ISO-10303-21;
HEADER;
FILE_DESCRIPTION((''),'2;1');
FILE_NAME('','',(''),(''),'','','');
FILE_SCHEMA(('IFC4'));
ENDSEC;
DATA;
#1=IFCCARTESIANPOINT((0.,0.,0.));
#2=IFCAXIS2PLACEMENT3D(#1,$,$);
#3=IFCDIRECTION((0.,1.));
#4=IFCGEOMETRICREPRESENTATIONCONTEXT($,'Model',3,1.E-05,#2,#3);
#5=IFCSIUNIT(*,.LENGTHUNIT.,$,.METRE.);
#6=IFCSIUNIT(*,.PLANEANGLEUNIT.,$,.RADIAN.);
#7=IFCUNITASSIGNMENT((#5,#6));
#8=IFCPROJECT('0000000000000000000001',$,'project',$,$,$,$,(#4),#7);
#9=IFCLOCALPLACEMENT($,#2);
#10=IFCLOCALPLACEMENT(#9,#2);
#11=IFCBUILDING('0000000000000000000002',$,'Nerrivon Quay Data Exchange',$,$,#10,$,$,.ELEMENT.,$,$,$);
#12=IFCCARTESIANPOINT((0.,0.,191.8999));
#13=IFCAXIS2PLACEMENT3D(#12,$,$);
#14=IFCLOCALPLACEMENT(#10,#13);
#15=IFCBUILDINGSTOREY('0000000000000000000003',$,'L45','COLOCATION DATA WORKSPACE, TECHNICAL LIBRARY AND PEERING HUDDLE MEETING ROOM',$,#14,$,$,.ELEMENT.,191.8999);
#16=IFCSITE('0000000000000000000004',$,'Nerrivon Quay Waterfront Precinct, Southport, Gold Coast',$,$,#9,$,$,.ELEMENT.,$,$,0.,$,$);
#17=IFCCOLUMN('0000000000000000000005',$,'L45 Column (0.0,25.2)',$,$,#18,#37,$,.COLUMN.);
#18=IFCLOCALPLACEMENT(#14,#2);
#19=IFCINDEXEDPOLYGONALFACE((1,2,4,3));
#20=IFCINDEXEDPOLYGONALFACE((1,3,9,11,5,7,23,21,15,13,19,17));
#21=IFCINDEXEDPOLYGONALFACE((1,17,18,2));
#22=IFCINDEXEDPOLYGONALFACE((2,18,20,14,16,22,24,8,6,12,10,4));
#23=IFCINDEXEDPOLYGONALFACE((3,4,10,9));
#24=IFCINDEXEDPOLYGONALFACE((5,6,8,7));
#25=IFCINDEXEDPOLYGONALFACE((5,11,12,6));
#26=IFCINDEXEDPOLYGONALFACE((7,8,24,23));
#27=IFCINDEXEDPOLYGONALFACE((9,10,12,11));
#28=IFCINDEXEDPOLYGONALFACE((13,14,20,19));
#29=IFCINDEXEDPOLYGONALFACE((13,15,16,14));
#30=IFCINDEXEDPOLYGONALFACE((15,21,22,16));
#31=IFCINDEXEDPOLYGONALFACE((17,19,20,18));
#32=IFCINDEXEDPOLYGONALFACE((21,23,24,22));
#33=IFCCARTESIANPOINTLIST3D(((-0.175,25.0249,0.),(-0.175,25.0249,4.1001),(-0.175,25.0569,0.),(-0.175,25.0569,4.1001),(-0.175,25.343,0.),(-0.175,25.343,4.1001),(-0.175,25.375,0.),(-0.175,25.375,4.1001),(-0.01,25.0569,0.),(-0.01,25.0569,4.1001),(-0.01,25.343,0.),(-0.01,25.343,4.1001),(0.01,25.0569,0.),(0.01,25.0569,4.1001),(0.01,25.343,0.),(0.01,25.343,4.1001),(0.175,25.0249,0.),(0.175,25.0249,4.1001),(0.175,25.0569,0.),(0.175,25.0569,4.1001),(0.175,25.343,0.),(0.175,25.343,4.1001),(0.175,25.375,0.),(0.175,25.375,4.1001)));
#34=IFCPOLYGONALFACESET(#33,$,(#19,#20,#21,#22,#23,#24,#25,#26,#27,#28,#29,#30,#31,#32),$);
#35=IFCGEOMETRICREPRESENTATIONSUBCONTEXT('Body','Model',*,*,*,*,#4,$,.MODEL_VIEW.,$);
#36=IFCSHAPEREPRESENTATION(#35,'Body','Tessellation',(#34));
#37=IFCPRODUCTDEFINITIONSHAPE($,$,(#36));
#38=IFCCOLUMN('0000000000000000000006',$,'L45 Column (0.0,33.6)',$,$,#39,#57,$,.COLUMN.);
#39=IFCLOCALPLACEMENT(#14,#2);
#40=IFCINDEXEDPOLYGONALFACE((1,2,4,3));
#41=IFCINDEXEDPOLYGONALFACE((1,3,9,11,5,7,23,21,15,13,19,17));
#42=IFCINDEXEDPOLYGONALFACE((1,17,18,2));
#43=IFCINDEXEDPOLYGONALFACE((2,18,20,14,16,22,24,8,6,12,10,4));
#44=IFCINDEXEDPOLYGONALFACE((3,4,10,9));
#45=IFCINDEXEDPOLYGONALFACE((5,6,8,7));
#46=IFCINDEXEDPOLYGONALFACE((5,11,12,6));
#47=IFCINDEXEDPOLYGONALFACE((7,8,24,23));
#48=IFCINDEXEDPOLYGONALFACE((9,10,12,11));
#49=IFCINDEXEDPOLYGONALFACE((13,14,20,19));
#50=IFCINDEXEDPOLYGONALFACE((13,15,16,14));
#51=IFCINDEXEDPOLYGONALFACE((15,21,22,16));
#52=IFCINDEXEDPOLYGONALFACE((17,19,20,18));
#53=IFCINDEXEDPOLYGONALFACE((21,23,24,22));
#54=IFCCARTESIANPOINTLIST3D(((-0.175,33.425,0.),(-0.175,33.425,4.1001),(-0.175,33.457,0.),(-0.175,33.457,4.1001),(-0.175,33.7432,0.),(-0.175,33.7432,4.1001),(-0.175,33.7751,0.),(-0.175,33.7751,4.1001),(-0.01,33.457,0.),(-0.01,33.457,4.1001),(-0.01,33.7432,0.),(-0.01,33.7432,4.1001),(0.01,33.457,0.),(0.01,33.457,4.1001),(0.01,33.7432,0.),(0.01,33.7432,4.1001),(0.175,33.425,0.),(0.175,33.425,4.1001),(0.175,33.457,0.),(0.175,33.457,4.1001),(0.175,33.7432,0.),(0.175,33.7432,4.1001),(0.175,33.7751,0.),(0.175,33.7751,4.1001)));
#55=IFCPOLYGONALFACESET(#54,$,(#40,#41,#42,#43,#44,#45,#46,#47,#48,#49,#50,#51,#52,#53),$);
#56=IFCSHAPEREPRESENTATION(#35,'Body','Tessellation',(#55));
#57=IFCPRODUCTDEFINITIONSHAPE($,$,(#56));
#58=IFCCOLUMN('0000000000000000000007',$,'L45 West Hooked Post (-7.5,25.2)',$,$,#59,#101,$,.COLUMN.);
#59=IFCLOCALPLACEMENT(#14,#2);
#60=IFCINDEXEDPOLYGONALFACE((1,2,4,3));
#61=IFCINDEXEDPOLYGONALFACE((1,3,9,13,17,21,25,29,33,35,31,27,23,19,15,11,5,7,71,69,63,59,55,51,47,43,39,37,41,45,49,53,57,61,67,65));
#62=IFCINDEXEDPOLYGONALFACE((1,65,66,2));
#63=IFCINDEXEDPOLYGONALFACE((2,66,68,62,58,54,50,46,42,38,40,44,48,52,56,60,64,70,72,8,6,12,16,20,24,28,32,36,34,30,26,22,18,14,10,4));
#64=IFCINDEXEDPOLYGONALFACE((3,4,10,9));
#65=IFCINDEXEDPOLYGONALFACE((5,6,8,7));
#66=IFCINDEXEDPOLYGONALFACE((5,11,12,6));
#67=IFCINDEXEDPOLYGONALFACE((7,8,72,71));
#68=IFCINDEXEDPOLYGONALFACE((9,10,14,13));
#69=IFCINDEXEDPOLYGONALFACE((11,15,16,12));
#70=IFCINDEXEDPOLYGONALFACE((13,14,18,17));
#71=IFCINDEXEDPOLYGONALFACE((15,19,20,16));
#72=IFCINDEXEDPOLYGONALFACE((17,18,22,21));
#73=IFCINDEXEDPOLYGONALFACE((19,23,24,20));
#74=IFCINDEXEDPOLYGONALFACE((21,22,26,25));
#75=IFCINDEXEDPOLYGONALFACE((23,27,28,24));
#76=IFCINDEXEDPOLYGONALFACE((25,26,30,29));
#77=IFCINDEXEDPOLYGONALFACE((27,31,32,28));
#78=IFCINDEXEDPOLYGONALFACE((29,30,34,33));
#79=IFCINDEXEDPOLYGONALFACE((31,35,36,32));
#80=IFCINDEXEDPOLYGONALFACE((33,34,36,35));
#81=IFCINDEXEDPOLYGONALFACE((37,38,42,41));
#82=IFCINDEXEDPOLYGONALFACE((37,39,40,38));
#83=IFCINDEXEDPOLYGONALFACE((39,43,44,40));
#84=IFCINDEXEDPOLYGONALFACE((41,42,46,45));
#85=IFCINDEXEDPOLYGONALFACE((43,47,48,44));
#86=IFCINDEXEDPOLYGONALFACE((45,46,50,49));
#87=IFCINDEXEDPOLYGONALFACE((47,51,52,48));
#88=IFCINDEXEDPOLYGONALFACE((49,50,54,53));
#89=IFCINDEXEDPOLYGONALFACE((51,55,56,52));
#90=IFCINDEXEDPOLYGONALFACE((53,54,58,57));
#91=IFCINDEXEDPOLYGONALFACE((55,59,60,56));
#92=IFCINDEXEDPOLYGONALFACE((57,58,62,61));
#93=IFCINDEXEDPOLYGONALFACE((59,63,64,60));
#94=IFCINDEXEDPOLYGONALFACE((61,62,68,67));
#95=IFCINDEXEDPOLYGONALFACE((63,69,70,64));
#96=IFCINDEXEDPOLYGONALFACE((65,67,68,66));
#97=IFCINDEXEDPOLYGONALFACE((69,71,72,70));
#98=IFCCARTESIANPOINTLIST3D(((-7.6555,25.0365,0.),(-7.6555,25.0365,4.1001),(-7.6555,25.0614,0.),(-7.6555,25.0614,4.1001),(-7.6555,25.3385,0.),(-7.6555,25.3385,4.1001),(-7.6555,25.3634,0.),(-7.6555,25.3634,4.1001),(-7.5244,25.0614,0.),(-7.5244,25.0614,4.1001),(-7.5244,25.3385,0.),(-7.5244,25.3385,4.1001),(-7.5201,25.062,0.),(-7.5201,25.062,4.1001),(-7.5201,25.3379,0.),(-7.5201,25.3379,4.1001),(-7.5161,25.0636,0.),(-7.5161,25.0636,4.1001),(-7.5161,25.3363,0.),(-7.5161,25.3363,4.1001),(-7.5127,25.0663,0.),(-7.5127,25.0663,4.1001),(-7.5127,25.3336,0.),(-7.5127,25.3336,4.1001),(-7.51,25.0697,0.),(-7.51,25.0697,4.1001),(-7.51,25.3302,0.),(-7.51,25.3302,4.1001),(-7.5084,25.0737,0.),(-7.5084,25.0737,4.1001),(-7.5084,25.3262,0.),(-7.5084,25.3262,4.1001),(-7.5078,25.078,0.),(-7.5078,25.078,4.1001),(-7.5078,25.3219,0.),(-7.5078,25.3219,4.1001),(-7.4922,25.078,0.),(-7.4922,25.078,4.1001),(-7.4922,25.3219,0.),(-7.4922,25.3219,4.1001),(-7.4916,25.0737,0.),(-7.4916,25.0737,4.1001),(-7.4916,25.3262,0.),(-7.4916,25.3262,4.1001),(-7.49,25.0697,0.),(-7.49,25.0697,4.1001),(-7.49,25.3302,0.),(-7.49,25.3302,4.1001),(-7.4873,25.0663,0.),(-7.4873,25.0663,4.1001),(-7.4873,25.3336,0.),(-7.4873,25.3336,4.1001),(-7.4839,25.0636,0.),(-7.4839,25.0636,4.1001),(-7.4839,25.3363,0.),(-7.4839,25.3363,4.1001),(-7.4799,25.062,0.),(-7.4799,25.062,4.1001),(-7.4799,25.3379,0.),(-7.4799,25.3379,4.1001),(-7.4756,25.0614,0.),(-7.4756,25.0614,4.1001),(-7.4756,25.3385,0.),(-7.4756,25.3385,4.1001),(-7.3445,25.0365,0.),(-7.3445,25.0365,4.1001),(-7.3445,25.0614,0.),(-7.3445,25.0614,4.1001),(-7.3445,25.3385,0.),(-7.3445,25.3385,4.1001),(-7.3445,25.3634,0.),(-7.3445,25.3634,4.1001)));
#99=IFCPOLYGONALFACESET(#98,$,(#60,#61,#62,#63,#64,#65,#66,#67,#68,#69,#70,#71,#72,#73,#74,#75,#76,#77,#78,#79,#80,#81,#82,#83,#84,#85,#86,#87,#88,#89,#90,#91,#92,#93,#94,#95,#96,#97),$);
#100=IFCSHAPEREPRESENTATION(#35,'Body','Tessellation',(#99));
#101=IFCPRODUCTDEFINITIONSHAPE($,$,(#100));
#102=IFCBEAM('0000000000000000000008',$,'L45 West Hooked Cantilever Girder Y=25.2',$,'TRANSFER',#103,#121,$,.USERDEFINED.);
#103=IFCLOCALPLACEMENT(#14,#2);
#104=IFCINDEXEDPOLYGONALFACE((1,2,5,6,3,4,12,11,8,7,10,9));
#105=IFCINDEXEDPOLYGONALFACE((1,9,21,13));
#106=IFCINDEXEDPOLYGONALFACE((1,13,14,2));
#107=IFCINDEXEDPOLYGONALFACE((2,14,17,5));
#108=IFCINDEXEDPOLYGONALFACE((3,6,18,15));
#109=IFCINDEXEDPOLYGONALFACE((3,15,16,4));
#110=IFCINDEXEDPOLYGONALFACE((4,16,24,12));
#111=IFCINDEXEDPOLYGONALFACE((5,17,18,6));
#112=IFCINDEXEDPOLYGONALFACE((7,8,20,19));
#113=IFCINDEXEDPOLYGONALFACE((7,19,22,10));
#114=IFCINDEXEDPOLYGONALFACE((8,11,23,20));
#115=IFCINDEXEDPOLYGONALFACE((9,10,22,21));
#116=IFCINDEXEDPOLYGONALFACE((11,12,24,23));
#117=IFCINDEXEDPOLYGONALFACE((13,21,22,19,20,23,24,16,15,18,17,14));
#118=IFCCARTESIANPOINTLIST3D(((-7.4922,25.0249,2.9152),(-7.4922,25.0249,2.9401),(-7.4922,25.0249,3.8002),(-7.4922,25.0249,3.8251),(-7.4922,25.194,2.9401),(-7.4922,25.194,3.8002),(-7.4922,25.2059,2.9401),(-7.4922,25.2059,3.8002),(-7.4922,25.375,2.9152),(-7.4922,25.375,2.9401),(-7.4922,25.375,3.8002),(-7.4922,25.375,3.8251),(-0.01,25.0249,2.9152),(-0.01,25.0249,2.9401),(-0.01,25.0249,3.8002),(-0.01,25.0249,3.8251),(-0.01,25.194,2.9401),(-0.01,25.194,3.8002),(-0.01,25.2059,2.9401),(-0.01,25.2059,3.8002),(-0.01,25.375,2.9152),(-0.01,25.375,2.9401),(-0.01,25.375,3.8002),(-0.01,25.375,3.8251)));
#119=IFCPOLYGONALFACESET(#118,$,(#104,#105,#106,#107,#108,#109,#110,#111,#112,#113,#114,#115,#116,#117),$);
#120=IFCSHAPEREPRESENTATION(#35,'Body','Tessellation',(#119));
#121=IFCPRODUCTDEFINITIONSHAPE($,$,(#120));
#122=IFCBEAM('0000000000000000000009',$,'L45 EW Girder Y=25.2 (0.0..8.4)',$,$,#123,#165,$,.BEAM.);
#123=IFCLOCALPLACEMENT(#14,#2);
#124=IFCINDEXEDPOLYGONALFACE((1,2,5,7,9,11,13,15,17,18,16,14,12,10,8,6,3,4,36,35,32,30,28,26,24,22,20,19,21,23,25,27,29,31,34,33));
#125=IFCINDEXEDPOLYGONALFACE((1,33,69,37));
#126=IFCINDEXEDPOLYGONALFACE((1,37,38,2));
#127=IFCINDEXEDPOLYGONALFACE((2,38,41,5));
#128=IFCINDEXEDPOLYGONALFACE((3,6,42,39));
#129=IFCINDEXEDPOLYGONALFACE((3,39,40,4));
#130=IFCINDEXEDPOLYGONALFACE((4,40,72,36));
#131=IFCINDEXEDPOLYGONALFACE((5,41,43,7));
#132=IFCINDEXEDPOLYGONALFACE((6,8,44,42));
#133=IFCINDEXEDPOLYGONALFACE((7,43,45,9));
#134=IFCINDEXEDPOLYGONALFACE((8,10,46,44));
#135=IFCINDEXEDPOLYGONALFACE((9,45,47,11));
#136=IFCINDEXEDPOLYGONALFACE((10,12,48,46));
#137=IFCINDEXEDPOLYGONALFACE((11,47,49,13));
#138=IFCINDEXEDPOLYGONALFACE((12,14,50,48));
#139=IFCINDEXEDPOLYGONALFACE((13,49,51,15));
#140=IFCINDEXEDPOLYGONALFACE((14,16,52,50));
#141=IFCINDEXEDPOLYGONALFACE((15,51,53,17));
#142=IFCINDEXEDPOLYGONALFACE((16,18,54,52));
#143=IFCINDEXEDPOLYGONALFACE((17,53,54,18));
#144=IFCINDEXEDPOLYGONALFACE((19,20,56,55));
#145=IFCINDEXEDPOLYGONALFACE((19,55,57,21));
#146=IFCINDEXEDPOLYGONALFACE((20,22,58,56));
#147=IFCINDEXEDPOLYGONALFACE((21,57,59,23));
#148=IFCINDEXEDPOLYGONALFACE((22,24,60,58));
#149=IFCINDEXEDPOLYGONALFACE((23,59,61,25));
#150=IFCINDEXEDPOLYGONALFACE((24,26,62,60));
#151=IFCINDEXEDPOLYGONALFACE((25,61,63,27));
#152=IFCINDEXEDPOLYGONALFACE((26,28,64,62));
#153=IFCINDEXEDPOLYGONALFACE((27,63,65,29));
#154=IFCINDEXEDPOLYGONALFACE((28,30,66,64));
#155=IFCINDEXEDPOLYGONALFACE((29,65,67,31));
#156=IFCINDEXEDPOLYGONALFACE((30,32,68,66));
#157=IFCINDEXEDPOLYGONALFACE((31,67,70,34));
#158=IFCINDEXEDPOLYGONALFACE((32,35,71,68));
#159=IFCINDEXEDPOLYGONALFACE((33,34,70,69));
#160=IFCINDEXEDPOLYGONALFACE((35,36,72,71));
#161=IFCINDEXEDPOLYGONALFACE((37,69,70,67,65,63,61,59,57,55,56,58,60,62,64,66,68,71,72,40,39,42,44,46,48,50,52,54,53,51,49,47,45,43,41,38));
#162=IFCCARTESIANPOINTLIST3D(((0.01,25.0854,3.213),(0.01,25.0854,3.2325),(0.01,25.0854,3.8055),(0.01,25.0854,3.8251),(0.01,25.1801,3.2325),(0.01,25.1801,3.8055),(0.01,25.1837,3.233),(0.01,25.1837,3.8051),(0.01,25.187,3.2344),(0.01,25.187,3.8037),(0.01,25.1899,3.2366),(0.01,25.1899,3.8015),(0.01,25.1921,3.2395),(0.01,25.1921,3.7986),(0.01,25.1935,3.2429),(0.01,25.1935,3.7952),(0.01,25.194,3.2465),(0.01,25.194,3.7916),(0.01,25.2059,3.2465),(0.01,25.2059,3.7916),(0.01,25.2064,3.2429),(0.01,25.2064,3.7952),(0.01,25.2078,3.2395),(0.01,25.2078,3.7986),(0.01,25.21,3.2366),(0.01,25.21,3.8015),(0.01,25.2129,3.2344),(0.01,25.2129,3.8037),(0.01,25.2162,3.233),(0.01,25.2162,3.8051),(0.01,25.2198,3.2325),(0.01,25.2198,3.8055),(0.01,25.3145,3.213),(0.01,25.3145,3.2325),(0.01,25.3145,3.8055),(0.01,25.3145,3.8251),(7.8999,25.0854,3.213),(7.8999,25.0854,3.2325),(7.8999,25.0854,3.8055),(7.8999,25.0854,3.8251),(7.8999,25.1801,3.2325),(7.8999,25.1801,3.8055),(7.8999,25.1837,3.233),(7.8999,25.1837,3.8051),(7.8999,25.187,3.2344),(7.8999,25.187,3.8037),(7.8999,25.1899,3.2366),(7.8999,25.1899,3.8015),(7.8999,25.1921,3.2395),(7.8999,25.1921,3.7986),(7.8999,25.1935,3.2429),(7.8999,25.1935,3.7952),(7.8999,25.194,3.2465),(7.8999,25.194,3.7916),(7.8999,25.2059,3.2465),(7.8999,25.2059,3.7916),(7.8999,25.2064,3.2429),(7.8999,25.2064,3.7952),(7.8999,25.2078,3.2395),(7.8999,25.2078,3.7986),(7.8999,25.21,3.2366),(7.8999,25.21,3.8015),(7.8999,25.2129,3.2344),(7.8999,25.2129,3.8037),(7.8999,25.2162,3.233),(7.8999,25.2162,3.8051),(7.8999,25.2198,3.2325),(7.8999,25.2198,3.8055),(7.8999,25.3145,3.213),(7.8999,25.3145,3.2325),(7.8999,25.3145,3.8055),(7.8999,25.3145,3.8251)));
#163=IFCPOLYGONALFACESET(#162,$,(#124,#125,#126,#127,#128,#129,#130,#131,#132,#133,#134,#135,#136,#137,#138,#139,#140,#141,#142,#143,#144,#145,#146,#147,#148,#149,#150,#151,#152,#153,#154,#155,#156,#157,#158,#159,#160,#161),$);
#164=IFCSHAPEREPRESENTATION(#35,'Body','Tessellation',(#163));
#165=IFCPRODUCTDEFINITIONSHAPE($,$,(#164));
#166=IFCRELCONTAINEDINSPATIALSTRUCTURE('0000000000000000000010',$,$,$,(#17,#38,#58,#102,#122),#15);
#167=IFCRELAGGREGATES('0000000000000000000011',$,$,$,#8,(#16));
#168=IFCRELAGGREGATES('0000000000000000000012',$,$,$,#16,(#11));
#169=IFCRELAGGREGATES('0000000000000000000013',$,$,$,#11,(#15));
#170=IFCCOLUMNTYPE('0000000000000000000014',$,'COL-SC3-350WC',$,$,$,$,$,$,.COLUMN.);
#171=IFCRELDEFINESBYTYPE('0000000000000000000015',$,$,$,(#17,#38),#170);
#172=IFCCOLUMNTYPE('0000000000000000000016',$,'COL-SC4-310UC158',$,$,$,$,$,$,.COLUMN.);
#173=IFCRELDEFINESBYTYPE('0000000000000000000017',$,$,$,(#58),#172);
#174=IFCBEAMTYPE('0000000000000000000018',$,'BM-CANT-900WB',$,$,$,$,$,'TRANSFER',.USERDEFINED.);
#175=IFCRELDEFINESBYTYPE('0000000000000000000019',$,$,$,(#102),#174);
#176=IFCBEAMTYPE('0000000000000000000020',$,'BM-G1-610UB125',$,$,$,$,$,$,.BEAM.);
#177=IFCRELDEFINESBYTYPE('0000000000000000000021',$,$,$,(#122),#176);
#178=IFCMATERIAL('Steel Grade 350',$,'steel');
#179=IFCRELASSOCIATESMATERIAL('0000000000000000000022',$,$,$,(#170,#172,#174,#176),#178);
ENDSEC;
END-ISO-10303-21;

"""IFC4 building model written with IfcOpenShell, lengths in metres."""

from ifc_helpers import new_model, si_unit, direction, frame, origin, origin_2d, place, context, subcontext, project, spatial, i_section, extrude, material, material_profile, profile_set, type_object, element, save


model = new_model("IFC4")

# Units and contexts
model_context = context("Model", 3, precision=1e-05, world=origin(), true_north=direction((0.0, 1.0)))
body_context = subcontext(model_context, "Body", "Model", "MODEL_VIEW")
ifc_project = project(units=[si_unit("LENGTHUNIT", "METRE"), si_unit("PLANEANGLEUNIT", "RADIAN")], contexts=[model_context])

# Site, building, storey
site_placement = place(None, origin())
site = spatial("IfcSite", under=ifc_project, at=site_placement, Name="Nerrivon Quay Waterfront Precinct, Southport, Gold Coast", CompositionType="ELEMENT", RefElevation=0.0)
building_placement = place(site_placement, origin())
building = spatial("IfcBuilding", under=site, at=building_placement, Name="Nerrivon Quay Data Exchange", CompositionType="ELEMENT")
storey_placement = place(building_placement, frame((0.0, 0.0, 191.8999)))
storey = spatial("IfcBuildingStorey", under=building, at=storey_placement, Name="L45", Description="COLOCATION DATA WORKSPACE, TECHNICAL LIBRARY AND PEERING HUDDLE MEETING ROOM", CompositionType="ELEMENT", Elevation=191.8999)

# Columns
ifc_material_1 = material(Name="Steel Grade 350", Category="steel")
ifc_material_profile_1 = material_profile(ifc_material_1, i_section(OverallWidth=0.3501, OverallDepth=0.3501, WebThickness=0.02, FlangeThickness=0.032, at=origin_2d()), Name="350WC230")
ifc_profile_set_1 = profile_set([ifc_material_profile_1], Name="Steel Grade 350")
column_type_1 = type_object("IfcColumnType", Name="COL-SC3-350WC", PredefinedType="COLUMN", material=ifc_profile_set_1)
for number, where, z_axis, x_axis, name in (
    (1, (0.0, 25.2, 0.0), (0.0, 0.0, 1.0), (1.0, 0.0, 0.0), "L45 Column (0.0,25.2)"),
    (2, (0.0, 33.6001, 0.0), (0.0, 0.0, 1.0), (1.0, 0.0, 0.0), "L45 Column (0.0,33.6)"),
):
    element("IfcColumn", number, at=place(storey_placement, frame(where, z_axis=z_axis, x_axis=x_axis)), inside=storey, type_object=column_type_1, Name=name, PredefinedType="COLUMN", context=body_context, shape_type="SweptSolid", body=[
        extrude(i_section(OverallWidth=0.3501, OverallDepth=0.3501, WebThickness=0.02, FlangeThickness=0.032, at=origin_2d()), origin(), (0.0, 0.0, 1.0), 4.1001),
    ])
ifc_material_profile_2 = material_profile(ifc_material_1, i_section(OverallWidth=0.311, OverallDepth=0.3269, WebThickness=0.0156, FlangeThickness=0.0249, FilletRadius=0.0166, at=origin_2d()), Name="310UC158")
ifc_profile_set_2 = profile_set([ifc_material_profile_2], Name="Steel Grade 350")
column_type_2 = type_object("IfcColumnType", Name="COL-SC4-310UC158", PredefinedType="COLUMN", material=ifc_profile_set_2)
column_placement = place(storey_placement, frame((-7.5, 25.2, 0.0), z_axis=(0.0, 0.0, 1.0), x_axis=(1.0, 0.0, 0.0)))
element("IfcColumn", 3, at=column_placement, inside=storey, type_object=column_type_2, Name="L45 West Hooked Post (-7.5,25.2)", PredefinedType="COLUMN", context=body_context, shape_type="SweptSolid", body=[
    extrude(i_section(OverallWidth=0.311, OverallDepth=0.3269, WebThickness=0.0156, FlangeThickness=0.0249, FilletRadius=0.0166, at=origin_2d()), origin(), (0.0, 0.0, 1.0), 4.1001),
])

# Beams
ifc_material_profile_3 = material_profile(ifc_material_1, i_section(OverallWidth=0.3501, OverallDepth=0.9099, WebThickness=0.012, FlangeThickness=0.0249, at=origin_2d()), Name="900WB218")
ifc_profile_set_3 = profile_set([ifc_material_profile_3], Name="Steel Grade 350")
beam_type_1 = type_object("IfcBeamType", Name="BM-CANT-900WB", ElementType="TRANSFER", PredefinedType="USERDEFINED", material=ifc_profile_set_3)
beam_1_placement = place(storey_placement, frame((-0.01, 25.2, 3.3701), z_axis=(-1.0, 0.0, 0.0), x_axis=(0.0, -1.0, 0.0)))
element("IfcBeam", 4, at=beam_1_placement, inside=storey, type_object=beam_type_1, Name="L45 West Hooked Cantilever Girder Y=25.2", ObjectType="TRANSFER", PredefinedType="USERDEFINED", context=body_context, shape_type="SweptSolid", body=[
    extrude(i_section(OverallWidth=0.3501, OverallDepth=0.9099, WebThickness=0.012, FlangeThickness=0.0249, at=origin_2d()), origin(), (0.0, 0.0, 1.0), 7.4822),
])
ifc_material_profile_4 = material_profile(ifc_material_1, i_section(OverallWidth=0.229, OverallDepth=0.6121, WebThickness=0.012, FlangeThickness=0.0195, FilletRadius=0.0139, at=origin_2d()), Name="610UB125")
ifc_profile_set_4 = profile_set([ifc_material_profile_4], Name="Steel Grade 350")
beam_type_2 = type_object("IfcBeamType", Name="BM-G1-610UB125", PredefinedType="BEAM", material=ifc_profile_set_4)
beam_2_placement = place(storey_placement, frame((0.01, 25.2, 3.519), z_axis=(1.0, 0.0, 0.0), x_axis=(0.0, 1.0, 0.0)))
element("IfcBeam", 5, at=beam_2_placement, inside=storey, type_object=beam_type_2, Name="L45 EW Girder Y=25.2 (0.0..8.4)", PredefinedType="BEAM", context=body_context, shape_type="SweptSolid", body=[
    extrude(i_section(OverallWidth=0.229, OverallDepth=0.6121, WebThickness=0.012, FlangeThickness=0.0195, FilletRadius=0.0139, at=origin_2d()), origin(), (0.0, 0.0, 1.0), 7.8899),
])

save(model, "model.ifc")
